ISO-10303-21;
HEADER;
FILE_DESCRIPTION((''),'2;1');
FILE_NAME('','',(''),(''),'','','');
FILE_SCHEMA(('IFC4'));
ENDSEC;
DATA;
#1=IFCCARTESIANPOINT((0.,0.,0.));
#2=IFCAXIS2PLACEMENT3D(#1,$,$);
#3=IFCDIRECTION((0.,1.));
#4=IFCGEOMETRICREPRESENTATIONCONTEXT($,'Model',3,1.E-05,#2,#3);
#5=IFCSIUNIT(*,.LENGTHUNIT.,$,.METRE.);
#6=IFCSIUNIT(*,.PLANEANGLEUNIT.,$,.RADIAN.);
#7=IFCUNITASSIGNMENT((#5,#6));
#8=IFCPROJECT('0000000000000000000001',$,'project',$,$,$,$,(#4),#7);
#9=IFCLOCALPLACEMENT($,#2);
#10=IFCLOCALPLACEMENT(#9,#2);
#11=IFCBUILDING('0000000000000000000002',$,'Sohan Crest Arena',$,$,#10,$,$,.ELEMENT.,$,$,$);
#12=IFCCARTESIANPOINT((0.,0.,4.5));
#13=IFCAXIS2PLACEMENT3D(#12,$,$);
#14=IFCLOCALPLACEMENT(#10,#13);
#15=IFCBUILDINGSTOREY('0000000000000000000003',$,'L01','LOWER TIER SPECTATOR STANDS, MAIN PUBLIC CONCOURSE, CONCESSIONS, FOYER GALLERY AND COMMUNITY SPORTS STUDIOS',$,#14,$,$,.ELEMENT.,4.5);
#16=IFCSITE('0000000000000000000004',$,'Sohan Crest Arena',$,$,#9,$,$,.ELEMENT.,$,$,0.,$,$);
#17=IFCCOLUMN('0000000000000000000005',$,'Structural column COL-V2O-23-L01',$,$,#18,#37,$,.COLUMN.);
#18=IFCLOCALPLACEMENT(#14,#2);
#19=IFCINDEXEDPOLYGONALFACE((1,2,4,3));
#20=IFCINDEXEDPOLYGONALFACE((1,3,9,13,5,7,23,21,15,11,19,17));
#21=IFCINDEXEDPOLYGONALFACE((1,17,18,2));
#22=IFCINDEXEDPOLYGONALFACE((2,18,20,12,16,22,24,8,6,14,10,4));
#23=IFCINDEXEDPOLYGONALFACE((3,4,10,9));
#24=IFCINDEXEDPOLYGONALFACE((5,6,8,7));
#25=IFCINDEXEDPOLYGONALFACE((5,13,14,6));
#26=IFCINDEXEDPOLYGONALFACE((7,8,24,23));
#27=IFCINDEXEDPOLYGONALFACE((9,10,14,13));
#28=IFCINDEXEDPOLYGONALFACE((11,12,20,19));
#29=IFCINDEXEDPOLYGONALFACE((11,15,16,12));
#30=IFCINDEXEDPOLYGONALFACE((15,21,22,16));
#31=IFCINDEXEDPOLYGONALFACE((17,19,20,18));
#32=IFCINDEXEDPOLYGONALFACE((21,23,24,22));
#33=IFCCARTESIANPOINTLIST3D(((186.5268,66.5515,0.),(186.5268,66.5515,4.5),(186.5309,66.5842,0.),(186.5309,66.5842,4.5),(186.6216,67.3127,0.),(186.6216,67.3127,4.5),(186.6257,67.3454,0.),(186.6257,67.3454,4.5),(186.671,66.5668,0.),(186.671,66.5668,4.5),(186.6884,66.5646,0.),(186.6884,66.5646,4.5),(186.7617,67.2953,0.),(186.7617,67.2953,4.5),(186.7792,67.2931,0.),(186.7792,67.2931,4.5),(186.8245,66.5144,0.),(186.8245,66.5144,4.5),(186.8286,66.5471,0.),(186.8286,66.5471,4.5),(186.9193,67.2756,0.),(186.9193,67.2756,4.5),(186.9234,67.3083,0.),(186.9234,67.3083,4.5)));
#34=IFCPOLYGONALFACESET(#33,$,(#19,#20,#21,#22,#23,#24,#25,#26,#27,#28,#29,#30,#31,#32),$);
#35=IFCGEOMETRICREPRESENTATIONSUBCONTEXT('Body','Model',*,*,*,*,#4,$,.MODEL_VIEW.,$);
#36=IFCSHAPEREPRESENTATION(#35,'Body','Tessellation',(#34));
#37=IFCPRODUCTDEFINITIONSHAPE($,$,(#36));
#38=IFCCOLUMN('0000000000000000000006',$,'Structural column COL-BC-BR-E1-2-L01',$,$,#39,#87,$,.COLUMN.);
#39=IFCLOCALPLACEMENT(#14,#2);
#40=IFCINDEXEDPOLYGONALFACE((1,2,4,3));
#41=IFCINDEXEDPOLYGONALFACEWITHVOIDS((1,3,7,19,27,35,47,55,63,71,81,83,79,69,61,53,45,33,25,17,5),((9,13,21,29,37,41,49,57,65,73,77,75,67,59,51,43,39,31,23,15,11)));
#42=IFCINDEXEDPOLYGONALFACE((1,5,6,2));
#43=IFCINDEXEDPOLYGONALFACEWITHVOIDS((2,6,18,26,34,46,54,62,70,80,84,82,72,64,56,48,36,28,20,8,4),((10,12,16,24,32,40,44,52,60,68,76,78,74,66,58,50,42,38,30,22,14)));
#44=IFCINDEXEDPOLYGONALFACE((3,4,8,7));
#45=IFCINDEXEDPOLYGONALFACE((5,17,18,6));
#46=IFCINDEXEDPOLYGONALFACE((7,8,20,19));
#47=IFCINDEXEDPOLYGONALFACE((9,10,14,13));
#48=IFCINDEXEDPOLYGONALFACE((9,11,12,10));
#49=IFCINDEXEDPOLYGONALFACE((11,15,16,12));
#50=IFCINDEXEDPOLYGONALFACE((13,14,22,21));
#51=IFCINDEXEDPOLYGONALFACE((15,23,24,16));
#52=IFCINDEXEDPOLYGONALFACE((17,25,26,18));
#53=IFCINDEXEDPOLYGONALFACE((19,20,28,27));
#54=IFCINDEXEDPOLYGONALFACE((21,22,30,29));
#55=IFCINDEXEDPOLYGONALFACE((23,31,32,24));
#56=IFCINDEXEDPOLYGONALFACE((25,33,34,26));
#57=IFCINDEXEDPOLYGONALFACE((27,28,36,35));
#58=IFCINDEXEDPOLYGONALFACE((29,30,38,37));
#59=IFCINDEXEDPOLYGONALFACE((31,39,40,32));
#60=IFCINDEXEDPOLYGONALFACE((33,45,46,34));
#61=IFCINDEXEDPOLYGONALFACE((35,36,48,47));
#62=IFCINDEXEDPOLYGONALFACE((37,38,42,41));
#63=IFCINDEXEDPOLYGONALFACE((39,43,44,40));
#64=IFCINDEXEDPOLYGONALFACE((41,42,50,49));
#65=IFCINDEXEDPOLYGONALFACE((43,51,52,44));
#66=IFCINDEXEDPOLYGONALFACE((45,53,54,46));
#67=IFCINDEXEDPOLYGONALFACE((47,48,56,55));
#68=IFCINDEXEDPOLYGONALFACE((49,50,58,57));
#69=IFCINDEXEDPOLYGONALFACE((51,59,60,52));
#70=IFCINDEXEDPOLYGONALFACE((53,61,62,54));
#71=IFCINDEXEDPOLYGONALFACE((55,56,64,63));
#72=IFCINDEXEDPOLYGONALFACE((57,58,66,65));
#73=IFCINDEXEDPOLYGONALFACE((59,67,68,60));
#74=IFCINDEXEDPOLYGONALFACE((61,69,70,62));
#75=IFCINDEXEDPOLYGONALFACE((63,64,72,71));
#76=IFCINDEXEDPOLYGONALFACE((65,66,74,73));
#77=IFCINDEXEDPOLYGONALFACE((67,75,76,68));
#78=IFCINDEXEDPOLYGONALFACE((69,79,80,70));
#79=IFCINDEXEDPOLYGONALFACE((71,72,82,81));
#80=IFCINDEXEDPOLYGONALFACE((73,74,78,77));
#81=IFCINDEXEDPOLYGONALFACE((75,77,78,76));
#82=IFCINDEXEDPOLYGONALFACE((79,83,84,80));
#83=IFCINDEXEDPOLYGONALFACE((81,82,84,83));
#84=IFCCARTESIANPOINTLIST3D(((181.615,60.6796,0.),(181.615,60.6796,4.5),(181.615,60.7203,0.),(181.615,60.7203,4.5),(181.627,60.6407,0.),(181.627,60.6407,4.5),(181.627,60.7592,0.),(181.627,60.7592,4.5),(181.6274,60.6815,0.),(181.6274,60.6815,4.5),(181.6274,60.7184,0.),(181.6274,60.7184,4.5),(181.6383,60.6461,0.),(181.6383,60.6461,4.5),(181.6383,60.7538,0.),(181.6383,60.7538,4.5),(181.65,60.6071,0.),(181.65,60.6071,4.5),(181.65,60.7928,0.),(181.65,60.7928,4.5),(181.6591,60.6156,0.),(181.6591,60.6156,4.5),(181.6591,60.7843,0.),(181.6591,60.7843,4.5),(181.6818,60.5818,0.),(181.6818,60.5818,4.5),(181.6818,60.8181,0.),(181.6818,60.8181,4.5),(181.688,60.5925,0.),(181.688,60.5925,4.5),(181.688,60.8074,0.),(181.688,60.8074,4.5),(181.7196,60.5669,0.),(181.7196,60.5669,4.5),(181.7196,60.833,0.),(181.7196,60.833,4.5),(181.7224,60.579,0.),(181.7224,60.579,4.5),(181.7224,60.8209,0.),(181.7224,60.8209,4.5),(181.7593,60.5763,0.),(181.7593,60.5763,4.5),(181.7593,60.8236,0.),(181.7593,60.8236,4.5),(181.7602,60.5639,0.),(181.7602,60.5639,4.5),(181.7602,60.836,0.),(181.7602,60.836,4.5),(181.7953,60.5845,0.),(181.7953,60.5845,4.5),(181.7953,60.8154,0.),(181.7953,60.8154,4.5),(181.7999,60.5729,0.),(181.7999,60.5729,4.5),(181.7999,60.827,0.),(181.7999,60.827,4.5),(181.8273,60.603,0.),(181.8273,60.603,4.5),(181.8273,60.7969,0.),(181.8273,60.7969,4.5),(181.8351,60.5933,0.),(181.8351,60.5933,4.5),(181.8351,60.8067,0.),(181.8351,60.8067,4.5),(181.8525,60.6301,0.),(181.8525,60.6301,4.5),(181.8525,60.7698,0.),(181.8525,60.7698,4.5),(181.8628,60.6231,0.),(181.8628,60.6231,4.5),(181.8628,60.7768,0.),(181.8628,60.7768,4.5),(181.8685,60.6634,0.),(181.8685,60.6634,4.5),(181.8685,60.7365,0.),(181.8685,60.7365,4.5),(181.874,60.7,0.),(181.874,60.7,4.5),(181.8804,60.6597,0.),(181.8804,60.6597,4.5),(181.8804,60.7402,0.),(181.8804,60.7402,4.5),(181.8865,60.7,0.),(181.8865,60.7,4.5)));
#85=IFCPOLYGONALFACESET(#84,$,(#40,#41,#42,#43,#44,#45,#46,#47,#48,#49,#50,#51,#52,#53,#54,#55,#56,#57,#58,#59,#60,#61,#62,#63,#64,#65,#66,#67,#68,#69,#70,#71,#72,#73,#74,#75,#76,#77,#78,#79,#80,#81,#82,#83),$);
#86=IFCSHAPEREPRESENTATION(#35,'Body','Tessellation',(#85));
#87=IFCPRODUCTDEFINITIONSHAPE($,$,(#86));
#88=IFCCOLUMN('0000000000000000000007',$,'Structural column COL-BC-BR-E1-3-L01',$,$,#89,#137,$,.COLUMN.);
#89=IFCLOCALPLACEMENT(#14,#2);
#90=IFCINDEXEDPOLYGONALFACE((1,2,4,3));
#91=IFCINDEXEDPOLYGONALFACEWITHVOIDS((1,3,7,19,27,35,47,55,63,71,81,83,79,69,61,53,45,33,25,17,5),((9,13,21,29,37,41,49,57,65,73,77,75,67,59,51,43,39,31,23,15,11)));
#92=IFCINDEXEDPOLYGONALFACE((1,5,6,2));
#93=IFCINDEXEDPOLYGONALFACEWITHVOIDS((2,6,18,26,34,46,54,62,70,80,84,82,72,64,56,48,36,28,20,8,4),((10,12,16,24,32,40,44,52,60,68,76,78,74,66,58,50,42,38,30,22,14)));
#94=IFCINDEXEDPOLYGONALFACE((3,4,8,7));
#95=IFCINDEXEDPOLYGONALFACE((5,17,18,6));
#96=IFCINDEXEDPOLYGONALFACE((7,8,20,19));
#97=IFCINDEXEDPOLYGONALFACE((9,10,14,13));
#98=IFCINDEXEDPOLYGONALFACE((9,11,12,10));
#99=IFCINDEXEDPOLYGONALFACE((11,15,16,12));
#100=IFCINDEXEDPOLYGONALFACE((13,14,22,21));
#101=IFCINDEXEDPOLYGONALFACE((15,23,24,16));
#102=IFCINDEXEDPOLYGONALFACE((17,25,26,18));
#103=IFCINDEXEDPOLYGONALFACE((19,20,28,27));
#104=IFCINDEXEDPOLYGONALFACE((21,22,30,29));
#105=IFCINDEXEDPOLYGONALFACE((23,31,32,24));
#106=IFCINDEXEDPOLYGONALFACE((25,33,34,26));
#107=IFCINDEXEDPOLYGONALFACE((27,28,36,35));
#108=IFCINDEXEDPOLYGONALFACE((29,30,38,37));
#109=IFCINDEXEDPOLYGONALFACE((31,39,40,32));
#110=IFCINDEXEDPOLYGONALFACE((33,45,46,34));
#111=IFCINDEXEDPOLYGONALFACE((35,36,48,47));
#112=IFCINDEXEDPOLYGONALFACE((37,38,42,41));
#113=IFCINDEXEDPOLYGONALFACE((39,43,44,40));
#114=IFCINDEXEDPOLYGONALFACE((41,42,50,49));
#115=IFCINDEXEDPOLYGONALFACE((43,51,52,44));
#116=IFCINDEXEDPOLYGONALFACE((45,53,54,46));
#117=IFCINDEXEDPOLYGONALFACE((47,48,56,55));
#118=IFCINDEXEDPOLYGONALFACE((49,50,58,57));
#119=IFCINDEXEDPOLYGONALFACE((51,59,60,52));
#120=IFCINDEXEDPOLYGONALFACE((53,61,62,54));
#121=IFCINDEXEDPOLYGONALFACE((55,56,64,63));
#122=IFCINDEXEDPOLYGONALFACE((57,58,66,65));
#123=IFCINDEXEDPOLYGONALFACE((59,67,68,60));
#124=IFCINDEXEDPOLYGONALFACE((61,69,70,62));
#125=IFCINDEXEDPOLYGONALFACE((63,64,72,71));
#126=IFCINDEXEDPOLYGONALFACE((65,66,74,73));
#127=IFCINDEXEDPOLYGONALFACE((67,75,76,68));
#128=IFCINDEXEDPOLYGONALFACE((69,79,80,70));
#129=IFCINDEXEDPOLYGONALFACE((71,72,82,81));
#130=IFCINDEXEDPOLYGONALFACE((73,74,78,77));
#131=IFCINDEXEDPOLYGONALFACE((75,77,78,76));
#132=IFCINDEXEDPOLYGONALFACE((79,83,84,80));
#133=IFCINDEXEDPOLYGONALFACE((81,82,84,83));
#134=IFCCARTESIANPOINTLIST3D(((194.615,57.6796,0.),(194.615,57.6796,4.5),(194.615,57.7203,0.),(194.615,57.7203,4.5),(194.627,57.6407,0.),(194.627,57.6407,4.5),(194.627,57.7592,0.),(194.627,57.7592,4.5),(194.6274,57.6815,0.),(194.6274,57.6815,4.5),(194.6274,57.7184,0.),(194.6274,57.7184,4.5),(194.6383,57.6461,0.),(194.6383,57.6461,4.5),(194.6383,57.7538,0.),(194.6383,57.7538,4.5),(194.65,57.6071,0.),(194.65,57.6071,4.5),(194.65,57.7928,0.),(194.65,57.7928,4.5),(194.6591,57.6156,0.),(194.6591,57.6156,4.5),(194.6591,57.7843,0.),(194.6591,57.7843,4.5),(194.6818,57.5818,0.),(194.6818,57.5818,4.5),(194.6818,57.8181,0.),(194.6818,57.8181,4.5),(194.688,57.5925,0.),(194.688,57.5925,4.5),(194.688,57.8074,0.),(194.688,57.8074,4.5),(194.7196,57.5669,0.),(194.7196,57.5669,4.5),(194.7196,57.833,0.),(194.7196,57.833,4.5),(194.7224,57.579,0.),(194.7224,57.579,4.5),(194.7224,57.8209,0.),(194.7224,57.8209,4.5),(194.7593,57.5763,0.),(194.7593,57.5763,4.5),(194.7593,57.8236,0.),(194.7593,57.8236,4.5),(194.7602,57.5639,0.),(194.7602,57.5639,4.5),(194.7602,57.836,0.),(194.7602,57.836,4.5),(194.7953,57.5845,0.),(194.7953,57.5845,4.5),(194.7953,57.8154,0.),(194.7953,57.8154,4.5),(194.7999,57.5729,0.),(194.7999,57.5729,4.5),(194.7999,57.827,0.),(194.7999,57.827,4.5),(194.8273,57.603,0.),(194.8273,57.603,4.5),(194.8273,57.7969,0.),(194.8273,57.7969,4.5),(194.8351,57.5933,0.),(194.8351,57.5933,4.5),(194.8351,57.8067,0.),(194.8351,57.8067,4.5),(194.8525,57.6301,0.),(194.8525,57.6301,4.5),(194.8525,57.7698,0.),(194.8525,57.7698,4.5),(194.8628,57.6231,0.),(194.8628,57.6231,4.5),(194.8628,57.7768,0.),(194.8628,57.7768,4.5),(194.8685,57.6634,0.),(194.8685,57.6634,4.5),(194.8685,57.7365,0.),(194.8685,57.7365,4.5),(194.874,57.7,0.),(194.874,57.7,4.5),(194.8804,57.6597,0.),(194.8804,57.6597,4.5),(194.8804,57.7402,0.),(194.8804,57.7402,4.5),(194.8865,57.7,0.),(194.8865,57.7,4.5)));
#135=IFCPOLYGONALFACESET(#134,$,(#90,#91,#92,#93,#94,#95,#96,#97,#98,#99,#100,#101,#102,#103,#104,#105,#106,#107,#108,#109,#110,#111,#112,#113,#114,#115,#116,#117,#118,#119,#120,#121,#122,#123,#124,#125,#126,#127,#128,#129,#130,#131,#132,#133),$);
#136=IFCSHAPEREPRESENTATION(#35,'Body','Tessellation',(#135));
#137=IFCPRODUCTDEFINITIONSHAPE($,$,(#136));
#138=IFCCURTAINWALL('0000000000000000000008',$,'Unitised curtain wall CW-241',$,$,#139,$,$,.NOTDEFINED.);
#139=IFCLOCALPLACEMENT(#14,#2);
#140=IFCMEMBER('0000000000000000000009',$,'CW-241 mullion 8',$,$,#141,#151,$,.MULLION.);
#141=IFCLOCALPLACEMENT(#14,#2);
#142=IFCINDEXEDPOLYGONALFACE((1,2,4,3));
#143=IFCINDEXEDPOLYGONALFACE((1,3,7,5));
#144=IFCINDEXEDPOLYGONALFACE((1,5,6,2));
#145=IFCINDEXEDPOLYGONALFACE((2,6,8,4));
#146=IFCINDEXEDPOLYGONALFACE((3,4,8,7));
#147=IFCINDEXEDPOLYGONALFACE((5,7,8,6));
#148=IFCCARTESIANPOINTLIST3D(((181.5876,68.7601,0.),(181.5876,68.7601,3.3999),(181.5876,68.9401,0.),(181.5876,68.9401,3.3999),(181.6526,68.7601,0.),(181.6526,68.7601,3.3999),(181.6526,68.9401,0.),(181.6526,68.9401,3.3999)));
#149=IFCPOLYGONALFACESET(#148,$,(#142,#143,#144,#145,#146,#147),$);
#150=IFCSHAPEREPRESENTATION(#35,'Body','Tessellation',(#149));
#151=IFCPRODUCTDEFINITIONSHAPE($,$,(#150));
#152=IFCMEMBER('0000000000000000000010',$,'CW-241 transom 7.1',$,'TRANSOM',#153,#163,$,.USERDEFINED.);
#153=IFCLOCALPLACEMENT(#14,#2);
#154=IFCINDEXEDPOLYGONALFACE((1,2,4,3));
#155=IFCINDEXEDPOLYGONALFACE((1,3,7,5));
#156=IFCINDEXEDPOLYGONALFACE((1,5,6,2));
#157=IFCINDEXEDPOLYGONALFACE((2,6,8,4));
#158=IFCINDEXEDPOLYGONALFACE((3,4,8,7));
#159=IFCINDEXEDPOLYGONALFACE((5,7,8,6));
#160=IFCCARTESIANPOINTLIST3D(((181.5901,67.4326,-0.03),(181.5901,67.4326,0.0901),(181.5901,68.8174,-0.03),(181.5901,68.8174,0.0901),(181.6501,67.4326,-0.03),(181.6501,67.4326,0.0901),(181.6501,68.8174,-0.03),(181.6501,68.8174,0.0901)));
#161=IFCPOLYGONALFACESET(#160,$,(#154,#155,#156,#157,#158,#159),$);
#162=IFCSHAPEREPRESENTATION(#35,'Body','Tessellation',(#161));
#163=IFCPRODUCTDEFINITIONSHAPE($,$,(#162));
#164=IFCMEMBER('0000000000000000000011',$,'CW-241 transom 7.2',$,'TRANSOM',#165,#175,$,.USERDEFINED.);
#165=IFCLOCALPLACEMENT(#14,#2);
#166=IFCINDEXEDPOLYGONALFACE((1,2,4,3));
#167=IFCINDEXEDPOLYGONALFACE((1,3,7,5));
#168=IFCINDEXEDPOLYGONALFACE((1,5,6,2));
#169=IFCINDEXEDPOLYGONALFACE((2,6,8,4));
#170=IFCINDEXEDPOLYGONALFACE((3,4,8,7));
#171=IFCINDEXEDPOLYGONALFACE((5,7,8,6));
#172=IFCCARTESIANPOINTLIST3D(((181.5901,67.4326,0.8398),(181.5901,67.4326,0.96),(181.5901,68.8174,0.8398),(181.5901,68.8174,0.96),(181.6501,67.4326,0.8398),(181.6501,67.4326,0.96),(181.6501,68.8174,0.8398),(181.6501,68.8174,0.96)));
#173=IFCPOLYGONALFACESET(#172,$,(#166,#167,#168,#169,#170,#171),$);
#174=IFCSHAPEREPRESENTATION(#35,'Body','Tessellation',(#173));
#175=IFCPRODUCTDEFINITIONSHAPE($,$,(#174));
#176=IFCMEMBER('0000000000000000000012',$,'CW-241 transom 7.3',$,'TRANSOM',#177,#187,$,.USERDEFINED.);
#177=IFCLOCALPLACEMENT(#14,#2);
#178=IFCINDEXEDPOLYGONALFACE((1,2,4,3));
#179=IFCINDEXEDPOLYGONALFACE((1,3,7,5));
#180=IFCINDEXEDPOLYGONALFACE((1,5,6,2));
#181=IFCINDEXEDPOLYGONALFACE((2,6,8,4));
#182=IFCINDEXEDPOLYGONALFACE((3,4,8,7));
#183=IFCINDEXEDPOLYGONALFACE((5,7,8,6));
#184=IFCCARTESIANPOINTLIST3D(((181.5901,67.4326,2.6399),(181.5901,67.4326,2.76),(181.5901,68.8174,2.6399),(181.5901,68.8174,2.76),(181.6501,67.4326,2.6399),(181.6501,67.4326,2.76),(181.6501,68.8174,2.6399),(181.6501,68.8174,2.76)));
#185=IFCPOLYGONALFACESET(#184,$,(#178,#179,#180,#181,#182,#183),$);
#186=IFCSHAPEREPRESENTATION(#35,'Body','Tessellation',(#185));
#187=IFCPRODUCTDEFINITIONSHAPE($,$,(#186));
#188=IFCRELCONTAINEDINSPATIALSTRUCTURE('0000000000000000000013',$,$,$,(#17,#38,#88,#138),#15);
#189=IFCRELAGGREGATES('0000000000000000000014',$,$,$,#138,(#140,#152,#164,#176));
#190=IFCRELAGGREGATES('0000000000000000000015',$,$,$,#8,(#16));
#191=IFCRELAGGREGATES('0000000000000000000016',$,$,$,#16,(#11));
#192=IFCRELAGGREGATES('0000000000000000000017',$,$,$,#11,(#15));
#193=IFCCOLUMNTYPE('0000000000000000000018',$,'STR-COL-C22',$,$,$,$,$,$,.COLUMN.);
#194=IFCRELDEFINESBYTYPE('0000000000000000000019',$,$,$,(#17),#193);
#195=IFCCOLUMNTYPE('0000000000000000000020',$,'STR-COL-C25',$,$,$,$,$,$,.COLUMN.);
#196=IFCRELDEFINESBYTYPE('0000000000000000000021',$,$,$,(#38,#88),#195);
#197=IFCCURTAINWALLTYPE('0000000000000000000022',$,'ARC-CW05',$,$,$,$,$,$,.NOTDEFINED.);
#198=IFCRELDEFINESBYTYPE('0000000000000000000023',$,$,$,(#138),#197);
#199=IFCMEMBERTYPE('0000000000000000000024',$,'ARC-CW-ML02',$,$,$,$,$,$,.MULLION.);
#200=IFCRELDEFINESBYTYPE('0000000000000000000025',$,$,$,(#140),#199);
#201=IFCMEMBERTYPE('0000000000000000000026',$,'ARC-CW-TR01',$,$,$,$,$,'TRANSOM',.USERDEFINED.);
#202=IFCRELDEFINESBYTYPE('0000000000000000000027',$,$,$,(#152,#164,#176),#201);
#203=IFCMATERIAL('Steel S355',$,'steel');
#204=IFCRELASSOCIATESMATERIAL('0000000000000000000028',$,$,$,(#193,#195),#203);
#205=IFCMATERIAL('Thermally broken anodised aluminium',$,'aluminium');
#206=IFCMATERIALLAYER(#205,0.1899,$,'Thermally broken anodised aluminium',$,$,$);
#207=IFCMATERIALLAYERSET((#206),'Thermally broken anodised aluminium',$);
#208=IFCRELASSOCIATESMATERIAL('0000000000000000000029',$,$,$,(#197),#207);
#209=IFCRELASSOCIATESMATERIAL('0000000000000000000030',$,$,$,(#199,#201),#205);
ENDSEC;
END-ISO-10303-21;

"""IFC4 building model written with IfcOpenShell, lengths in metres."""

from ifc_helpers import new_model, si_unit, direction, frame, origin, origin_2d, place, context, subcontext, project, spatial, rectangle, hollow_circle, i_section, extrude, material, layer, layer_set, material_profile, profile_set, type_object, element, aggregate, save


model = new_model("IFC4")

# Units and contexts
model_context = context("Model", 3, precision=1e-05, world=origin(), true_north=direction((0.0, 1.0)))
body_context = subcontext(model_context, "Body", "Model", "MODEL_VIEW")
ifc_project = project(units=[si_unit("LENGTHUNIT", "METRE"), si_unit("PLANEANGLEUNIT", "RADIAN")], contexts=[model_context])

# Site, building, storey
site_placement = place(None, origin())
site = spatial("IfcSite", under=ifc_project, at=site_placement, Name="Sohan Crest Arena", CompositionType="ELEMENT", RefElevation=0.0)
building_placement = place(site_placement, origin())
building = spatial("IfcBuilding", under=site, at=building_placement, Name="Sohan Crest Arena", CompositionType="ELEMENT")
storey_placement = place(building_placement, frame((0.0, 0.0, 4.5)))
storey = spatial("IfcBuildingStorey", under=building, at=storey_placement, Name="L01", Description="LOWER TIER SPECTATOR STANDS, MAIN PUBLIC CONCOURSE, CONCESSIONS, FOYER GALLERY AND COMMUNITY SPORTS STUDIOS", CompositionType="ELEMENT", Elevation=4.5)

# Columns
ifc_material_1 = material(Name="Steel S355", Category="steel")
ifc_material_profile_1 = material_profile(ifc_material_1, i_section(OverallWidth=0.3, OverallDepth=0.8, WebThickness=0.0176, FlangeThickness=0.033, at=origin_2d()), Name="HEB 800")
ifc_profile_set_1 = profile_set([ifc_material_profile_1], Name="Steel S355")
column_type_1 = type_object("IfcColumnType", Name="STR-COL-C22", PredefinedType="COLUMN", material=ifc_profile_set_1)
column_placement = place(storey_placement, frame((186.7251, 66.9299, 0.0), z_axis=(0.0, 0.0, 1.0), x_axis=(-0.992332, 0.123601, 0.0)))
element("IfcColumn", 1, at=column_placement, inside=storey, type_object=column_type_1, Name="Structural column COL-V2O-23-L01", PredefinedType="COLUMN", context=body_context, shape_type="SweptSolid", body=[
    extrude(i_section(OverallWidth=0.3, OverallDepth=0.8, WebThickness=0.0176, FlangeThickness=0.033, at=origin_2d()), origin(), (0.0, 0.0, 1.0), 4.5),
])
ifc_material_profile_2 = material_profile(ifc_material_1, hollow_circle(Radius=0.1365, WallThickness=0.0125, at=origin_2d()), Name="CHS 273x12.5")
ifc_profile_set_2 = profile_set([ifc_material_profile_2], Name="Steel S355")
column_type_2 = type_object("IfcColumnType", Name="STR-COL-C25", PredefinedType="COLUMN", material=ifc_profile_set_2)
for number, where, z_axis, x_axis, name in (
    (2, (181.75, 60.7, 0.0), (0.0, 0.0, 1.0), (1.0, 0.0, 0.0), "Structural column COL-BC-BR-E1-2-L01"),
    (3, (194.75, 57.7, 0.0), (0.0, 0.0, 1.0), (1.0, 0.0, 0.0), "Structural column COL-BC-BR-E1-3-L01"),
):
    element("IfcColumn", number, at=place(storey_placement, frame(where, z_axis=z_axis, x_axis=x_axis)), inside=storey, type_object=column_type_2, Name=name, PredefinedType="COLUMN", context=body_context, shape_type="SweptSolid", body=[
        extrude(hollow_circle(Radius=0.1365, WallThickness=0.0125, at=origin_2d()), origin(), (0.0, 0.0, 1.0), 4.5),
    ])

# Curtain wall, members
ifc_material_2 = material(Name="Thermally broken anodised aluminium", Category="aluminium")
ifc_layer_1 = layer(ifc_material_2, 0.1899, Name="Thermally broken anodised aluminium")
ifc_layer_set_1 = layer_set([ifc_layer_1], Name="Thermally broken anodised aluminium")
curtain_wall_type = type_object("IfcCurtainWallType", Name="ARC-CW05", PredefinedType="NOTDEFINED", material=ifc_layer_set_1)
curtain_wall_placement = place(storey_placement, origin())
curtain_wall = element("IfcCurtainWall", 4, at=curtain_wall_placement, inside=storey, type_object=curtain_wall_type, Name="Unitised curtain wall CW-241", PredefinedType="NOTDEFINED")
ifc_material_profile_3 = material_profile(ifc_material_2, rectangle(XDim=0.0649, YDim=0.1799, at=origin_2d()), Name="ALU-MULL 65x180")
ifc_profile_set_3 = profile_set([ifc_material_profile_3], Name="Thermally broken anodised aluminium")
member_type_1 = type_object("IfcMemberType", Name="ARC-CW-ML02", PredefinedType="MULLION", material=ifc_profile_set_3)
member_1_placement = place(storey_placement, frame((181.6201, 68.8501, 0.0), z_axis=(0.0, 0.0, 1.0), x_axis=(-1.0, 0.0, 0.0)))
member_1 = element("IfcMember", 5, at=member_1_placement, type_object=member_type_1, Name="CW-241 mullion 8", PredefinedType="MULLION", context=body_context, shape_type="SweptSolid", body=[
    extrude(rectangle(XDim=0.0649, YDim=0.1799, at=origin_2d()), origin(), (0.0, 0.0, 1.0), 3.3999),
])
ifc_material_profile_4 = material_profile(ifc_material_2, rectangle(XDim=0.0601, YDim=0.1201, at=origin_2d()), Name="ALU-TRAN 60x120")
ifc_profile_set_4 = profile_set([ifc_material_profile_4], Name="Thermally broken anodised aluminium")
member_type_2 = type_object("IfcMemberType", Name="ARC-CW-TR01", ElementType="TRANSOM", PredefinedType="USERDEFINED", material=ifc_profile_set_4)
member_2_placement = place(storey_placement, frame((181.6201, 67.4326, 0.03), z_axis=(0.0, 1.0, 0.0), x_axis=(-1.0, 0.0, 0.0)))
member_2 = element("IfcMember", 6, at=member_2_placement, type_object=member_type_2, Name="CW-241 transom 7.1", ObjectType="TRANSOM", PredefinedType="USERDEFINED", context=body_context, shape_type="SweptSolid", body=[
    extrude(rectangle(XDim=0.0601, YDim=0.1201, at=origin_2d()), origin(), (0.0, 0.0, 1.0), 1.3848),
])
member_3_placement = place(storey_placement, frame((181.6201, 67.4326, 0.8999), z_axis=(0.0, 1.0, 0.0), x_axis=(-1.0, 0.0, 0.0)))
member_3 = element("IfcMember", 7, at=member_3_placement, type_object=member_type_2, Name="CW-241 transom 7.2", ObjectType="TRANSOM", PredefinedType="USERDEFINED", context=body_context, shape_type="SweptSolid", body=[
    extrude(rectangle(XDim=0.0601, YDim=0.1201, at=origin_2d()), origin(), (0.0, 0.0, 1.0), 1.3848),
])
member_4_placement = place(storey_placement, frame((181.6201, 67.4326, 2.7), z_axis=(0.0, 1.0, 0.0), x_axis=(-1.0, 0.0, 0.0)))
member_4 = element("IfcMember", 8, at=member_4_placement, type_object=member_type_2, Name="CW-241 transom 7.3", ObjectType="TRANSOM", PredefinedType="USERDEFINED", context=body_context, shape_type="SweptSolid", body=[
    extrude(rectangle(XDim=0.0601, YDim=0.1201, at=origin_2d()), origin(), (0.0, 0.0, 1.0), 1.3848),
])

aggregate(curtain_wall, [member_1, member_2, member_3, member_4])

save(model, "model.ifc")
